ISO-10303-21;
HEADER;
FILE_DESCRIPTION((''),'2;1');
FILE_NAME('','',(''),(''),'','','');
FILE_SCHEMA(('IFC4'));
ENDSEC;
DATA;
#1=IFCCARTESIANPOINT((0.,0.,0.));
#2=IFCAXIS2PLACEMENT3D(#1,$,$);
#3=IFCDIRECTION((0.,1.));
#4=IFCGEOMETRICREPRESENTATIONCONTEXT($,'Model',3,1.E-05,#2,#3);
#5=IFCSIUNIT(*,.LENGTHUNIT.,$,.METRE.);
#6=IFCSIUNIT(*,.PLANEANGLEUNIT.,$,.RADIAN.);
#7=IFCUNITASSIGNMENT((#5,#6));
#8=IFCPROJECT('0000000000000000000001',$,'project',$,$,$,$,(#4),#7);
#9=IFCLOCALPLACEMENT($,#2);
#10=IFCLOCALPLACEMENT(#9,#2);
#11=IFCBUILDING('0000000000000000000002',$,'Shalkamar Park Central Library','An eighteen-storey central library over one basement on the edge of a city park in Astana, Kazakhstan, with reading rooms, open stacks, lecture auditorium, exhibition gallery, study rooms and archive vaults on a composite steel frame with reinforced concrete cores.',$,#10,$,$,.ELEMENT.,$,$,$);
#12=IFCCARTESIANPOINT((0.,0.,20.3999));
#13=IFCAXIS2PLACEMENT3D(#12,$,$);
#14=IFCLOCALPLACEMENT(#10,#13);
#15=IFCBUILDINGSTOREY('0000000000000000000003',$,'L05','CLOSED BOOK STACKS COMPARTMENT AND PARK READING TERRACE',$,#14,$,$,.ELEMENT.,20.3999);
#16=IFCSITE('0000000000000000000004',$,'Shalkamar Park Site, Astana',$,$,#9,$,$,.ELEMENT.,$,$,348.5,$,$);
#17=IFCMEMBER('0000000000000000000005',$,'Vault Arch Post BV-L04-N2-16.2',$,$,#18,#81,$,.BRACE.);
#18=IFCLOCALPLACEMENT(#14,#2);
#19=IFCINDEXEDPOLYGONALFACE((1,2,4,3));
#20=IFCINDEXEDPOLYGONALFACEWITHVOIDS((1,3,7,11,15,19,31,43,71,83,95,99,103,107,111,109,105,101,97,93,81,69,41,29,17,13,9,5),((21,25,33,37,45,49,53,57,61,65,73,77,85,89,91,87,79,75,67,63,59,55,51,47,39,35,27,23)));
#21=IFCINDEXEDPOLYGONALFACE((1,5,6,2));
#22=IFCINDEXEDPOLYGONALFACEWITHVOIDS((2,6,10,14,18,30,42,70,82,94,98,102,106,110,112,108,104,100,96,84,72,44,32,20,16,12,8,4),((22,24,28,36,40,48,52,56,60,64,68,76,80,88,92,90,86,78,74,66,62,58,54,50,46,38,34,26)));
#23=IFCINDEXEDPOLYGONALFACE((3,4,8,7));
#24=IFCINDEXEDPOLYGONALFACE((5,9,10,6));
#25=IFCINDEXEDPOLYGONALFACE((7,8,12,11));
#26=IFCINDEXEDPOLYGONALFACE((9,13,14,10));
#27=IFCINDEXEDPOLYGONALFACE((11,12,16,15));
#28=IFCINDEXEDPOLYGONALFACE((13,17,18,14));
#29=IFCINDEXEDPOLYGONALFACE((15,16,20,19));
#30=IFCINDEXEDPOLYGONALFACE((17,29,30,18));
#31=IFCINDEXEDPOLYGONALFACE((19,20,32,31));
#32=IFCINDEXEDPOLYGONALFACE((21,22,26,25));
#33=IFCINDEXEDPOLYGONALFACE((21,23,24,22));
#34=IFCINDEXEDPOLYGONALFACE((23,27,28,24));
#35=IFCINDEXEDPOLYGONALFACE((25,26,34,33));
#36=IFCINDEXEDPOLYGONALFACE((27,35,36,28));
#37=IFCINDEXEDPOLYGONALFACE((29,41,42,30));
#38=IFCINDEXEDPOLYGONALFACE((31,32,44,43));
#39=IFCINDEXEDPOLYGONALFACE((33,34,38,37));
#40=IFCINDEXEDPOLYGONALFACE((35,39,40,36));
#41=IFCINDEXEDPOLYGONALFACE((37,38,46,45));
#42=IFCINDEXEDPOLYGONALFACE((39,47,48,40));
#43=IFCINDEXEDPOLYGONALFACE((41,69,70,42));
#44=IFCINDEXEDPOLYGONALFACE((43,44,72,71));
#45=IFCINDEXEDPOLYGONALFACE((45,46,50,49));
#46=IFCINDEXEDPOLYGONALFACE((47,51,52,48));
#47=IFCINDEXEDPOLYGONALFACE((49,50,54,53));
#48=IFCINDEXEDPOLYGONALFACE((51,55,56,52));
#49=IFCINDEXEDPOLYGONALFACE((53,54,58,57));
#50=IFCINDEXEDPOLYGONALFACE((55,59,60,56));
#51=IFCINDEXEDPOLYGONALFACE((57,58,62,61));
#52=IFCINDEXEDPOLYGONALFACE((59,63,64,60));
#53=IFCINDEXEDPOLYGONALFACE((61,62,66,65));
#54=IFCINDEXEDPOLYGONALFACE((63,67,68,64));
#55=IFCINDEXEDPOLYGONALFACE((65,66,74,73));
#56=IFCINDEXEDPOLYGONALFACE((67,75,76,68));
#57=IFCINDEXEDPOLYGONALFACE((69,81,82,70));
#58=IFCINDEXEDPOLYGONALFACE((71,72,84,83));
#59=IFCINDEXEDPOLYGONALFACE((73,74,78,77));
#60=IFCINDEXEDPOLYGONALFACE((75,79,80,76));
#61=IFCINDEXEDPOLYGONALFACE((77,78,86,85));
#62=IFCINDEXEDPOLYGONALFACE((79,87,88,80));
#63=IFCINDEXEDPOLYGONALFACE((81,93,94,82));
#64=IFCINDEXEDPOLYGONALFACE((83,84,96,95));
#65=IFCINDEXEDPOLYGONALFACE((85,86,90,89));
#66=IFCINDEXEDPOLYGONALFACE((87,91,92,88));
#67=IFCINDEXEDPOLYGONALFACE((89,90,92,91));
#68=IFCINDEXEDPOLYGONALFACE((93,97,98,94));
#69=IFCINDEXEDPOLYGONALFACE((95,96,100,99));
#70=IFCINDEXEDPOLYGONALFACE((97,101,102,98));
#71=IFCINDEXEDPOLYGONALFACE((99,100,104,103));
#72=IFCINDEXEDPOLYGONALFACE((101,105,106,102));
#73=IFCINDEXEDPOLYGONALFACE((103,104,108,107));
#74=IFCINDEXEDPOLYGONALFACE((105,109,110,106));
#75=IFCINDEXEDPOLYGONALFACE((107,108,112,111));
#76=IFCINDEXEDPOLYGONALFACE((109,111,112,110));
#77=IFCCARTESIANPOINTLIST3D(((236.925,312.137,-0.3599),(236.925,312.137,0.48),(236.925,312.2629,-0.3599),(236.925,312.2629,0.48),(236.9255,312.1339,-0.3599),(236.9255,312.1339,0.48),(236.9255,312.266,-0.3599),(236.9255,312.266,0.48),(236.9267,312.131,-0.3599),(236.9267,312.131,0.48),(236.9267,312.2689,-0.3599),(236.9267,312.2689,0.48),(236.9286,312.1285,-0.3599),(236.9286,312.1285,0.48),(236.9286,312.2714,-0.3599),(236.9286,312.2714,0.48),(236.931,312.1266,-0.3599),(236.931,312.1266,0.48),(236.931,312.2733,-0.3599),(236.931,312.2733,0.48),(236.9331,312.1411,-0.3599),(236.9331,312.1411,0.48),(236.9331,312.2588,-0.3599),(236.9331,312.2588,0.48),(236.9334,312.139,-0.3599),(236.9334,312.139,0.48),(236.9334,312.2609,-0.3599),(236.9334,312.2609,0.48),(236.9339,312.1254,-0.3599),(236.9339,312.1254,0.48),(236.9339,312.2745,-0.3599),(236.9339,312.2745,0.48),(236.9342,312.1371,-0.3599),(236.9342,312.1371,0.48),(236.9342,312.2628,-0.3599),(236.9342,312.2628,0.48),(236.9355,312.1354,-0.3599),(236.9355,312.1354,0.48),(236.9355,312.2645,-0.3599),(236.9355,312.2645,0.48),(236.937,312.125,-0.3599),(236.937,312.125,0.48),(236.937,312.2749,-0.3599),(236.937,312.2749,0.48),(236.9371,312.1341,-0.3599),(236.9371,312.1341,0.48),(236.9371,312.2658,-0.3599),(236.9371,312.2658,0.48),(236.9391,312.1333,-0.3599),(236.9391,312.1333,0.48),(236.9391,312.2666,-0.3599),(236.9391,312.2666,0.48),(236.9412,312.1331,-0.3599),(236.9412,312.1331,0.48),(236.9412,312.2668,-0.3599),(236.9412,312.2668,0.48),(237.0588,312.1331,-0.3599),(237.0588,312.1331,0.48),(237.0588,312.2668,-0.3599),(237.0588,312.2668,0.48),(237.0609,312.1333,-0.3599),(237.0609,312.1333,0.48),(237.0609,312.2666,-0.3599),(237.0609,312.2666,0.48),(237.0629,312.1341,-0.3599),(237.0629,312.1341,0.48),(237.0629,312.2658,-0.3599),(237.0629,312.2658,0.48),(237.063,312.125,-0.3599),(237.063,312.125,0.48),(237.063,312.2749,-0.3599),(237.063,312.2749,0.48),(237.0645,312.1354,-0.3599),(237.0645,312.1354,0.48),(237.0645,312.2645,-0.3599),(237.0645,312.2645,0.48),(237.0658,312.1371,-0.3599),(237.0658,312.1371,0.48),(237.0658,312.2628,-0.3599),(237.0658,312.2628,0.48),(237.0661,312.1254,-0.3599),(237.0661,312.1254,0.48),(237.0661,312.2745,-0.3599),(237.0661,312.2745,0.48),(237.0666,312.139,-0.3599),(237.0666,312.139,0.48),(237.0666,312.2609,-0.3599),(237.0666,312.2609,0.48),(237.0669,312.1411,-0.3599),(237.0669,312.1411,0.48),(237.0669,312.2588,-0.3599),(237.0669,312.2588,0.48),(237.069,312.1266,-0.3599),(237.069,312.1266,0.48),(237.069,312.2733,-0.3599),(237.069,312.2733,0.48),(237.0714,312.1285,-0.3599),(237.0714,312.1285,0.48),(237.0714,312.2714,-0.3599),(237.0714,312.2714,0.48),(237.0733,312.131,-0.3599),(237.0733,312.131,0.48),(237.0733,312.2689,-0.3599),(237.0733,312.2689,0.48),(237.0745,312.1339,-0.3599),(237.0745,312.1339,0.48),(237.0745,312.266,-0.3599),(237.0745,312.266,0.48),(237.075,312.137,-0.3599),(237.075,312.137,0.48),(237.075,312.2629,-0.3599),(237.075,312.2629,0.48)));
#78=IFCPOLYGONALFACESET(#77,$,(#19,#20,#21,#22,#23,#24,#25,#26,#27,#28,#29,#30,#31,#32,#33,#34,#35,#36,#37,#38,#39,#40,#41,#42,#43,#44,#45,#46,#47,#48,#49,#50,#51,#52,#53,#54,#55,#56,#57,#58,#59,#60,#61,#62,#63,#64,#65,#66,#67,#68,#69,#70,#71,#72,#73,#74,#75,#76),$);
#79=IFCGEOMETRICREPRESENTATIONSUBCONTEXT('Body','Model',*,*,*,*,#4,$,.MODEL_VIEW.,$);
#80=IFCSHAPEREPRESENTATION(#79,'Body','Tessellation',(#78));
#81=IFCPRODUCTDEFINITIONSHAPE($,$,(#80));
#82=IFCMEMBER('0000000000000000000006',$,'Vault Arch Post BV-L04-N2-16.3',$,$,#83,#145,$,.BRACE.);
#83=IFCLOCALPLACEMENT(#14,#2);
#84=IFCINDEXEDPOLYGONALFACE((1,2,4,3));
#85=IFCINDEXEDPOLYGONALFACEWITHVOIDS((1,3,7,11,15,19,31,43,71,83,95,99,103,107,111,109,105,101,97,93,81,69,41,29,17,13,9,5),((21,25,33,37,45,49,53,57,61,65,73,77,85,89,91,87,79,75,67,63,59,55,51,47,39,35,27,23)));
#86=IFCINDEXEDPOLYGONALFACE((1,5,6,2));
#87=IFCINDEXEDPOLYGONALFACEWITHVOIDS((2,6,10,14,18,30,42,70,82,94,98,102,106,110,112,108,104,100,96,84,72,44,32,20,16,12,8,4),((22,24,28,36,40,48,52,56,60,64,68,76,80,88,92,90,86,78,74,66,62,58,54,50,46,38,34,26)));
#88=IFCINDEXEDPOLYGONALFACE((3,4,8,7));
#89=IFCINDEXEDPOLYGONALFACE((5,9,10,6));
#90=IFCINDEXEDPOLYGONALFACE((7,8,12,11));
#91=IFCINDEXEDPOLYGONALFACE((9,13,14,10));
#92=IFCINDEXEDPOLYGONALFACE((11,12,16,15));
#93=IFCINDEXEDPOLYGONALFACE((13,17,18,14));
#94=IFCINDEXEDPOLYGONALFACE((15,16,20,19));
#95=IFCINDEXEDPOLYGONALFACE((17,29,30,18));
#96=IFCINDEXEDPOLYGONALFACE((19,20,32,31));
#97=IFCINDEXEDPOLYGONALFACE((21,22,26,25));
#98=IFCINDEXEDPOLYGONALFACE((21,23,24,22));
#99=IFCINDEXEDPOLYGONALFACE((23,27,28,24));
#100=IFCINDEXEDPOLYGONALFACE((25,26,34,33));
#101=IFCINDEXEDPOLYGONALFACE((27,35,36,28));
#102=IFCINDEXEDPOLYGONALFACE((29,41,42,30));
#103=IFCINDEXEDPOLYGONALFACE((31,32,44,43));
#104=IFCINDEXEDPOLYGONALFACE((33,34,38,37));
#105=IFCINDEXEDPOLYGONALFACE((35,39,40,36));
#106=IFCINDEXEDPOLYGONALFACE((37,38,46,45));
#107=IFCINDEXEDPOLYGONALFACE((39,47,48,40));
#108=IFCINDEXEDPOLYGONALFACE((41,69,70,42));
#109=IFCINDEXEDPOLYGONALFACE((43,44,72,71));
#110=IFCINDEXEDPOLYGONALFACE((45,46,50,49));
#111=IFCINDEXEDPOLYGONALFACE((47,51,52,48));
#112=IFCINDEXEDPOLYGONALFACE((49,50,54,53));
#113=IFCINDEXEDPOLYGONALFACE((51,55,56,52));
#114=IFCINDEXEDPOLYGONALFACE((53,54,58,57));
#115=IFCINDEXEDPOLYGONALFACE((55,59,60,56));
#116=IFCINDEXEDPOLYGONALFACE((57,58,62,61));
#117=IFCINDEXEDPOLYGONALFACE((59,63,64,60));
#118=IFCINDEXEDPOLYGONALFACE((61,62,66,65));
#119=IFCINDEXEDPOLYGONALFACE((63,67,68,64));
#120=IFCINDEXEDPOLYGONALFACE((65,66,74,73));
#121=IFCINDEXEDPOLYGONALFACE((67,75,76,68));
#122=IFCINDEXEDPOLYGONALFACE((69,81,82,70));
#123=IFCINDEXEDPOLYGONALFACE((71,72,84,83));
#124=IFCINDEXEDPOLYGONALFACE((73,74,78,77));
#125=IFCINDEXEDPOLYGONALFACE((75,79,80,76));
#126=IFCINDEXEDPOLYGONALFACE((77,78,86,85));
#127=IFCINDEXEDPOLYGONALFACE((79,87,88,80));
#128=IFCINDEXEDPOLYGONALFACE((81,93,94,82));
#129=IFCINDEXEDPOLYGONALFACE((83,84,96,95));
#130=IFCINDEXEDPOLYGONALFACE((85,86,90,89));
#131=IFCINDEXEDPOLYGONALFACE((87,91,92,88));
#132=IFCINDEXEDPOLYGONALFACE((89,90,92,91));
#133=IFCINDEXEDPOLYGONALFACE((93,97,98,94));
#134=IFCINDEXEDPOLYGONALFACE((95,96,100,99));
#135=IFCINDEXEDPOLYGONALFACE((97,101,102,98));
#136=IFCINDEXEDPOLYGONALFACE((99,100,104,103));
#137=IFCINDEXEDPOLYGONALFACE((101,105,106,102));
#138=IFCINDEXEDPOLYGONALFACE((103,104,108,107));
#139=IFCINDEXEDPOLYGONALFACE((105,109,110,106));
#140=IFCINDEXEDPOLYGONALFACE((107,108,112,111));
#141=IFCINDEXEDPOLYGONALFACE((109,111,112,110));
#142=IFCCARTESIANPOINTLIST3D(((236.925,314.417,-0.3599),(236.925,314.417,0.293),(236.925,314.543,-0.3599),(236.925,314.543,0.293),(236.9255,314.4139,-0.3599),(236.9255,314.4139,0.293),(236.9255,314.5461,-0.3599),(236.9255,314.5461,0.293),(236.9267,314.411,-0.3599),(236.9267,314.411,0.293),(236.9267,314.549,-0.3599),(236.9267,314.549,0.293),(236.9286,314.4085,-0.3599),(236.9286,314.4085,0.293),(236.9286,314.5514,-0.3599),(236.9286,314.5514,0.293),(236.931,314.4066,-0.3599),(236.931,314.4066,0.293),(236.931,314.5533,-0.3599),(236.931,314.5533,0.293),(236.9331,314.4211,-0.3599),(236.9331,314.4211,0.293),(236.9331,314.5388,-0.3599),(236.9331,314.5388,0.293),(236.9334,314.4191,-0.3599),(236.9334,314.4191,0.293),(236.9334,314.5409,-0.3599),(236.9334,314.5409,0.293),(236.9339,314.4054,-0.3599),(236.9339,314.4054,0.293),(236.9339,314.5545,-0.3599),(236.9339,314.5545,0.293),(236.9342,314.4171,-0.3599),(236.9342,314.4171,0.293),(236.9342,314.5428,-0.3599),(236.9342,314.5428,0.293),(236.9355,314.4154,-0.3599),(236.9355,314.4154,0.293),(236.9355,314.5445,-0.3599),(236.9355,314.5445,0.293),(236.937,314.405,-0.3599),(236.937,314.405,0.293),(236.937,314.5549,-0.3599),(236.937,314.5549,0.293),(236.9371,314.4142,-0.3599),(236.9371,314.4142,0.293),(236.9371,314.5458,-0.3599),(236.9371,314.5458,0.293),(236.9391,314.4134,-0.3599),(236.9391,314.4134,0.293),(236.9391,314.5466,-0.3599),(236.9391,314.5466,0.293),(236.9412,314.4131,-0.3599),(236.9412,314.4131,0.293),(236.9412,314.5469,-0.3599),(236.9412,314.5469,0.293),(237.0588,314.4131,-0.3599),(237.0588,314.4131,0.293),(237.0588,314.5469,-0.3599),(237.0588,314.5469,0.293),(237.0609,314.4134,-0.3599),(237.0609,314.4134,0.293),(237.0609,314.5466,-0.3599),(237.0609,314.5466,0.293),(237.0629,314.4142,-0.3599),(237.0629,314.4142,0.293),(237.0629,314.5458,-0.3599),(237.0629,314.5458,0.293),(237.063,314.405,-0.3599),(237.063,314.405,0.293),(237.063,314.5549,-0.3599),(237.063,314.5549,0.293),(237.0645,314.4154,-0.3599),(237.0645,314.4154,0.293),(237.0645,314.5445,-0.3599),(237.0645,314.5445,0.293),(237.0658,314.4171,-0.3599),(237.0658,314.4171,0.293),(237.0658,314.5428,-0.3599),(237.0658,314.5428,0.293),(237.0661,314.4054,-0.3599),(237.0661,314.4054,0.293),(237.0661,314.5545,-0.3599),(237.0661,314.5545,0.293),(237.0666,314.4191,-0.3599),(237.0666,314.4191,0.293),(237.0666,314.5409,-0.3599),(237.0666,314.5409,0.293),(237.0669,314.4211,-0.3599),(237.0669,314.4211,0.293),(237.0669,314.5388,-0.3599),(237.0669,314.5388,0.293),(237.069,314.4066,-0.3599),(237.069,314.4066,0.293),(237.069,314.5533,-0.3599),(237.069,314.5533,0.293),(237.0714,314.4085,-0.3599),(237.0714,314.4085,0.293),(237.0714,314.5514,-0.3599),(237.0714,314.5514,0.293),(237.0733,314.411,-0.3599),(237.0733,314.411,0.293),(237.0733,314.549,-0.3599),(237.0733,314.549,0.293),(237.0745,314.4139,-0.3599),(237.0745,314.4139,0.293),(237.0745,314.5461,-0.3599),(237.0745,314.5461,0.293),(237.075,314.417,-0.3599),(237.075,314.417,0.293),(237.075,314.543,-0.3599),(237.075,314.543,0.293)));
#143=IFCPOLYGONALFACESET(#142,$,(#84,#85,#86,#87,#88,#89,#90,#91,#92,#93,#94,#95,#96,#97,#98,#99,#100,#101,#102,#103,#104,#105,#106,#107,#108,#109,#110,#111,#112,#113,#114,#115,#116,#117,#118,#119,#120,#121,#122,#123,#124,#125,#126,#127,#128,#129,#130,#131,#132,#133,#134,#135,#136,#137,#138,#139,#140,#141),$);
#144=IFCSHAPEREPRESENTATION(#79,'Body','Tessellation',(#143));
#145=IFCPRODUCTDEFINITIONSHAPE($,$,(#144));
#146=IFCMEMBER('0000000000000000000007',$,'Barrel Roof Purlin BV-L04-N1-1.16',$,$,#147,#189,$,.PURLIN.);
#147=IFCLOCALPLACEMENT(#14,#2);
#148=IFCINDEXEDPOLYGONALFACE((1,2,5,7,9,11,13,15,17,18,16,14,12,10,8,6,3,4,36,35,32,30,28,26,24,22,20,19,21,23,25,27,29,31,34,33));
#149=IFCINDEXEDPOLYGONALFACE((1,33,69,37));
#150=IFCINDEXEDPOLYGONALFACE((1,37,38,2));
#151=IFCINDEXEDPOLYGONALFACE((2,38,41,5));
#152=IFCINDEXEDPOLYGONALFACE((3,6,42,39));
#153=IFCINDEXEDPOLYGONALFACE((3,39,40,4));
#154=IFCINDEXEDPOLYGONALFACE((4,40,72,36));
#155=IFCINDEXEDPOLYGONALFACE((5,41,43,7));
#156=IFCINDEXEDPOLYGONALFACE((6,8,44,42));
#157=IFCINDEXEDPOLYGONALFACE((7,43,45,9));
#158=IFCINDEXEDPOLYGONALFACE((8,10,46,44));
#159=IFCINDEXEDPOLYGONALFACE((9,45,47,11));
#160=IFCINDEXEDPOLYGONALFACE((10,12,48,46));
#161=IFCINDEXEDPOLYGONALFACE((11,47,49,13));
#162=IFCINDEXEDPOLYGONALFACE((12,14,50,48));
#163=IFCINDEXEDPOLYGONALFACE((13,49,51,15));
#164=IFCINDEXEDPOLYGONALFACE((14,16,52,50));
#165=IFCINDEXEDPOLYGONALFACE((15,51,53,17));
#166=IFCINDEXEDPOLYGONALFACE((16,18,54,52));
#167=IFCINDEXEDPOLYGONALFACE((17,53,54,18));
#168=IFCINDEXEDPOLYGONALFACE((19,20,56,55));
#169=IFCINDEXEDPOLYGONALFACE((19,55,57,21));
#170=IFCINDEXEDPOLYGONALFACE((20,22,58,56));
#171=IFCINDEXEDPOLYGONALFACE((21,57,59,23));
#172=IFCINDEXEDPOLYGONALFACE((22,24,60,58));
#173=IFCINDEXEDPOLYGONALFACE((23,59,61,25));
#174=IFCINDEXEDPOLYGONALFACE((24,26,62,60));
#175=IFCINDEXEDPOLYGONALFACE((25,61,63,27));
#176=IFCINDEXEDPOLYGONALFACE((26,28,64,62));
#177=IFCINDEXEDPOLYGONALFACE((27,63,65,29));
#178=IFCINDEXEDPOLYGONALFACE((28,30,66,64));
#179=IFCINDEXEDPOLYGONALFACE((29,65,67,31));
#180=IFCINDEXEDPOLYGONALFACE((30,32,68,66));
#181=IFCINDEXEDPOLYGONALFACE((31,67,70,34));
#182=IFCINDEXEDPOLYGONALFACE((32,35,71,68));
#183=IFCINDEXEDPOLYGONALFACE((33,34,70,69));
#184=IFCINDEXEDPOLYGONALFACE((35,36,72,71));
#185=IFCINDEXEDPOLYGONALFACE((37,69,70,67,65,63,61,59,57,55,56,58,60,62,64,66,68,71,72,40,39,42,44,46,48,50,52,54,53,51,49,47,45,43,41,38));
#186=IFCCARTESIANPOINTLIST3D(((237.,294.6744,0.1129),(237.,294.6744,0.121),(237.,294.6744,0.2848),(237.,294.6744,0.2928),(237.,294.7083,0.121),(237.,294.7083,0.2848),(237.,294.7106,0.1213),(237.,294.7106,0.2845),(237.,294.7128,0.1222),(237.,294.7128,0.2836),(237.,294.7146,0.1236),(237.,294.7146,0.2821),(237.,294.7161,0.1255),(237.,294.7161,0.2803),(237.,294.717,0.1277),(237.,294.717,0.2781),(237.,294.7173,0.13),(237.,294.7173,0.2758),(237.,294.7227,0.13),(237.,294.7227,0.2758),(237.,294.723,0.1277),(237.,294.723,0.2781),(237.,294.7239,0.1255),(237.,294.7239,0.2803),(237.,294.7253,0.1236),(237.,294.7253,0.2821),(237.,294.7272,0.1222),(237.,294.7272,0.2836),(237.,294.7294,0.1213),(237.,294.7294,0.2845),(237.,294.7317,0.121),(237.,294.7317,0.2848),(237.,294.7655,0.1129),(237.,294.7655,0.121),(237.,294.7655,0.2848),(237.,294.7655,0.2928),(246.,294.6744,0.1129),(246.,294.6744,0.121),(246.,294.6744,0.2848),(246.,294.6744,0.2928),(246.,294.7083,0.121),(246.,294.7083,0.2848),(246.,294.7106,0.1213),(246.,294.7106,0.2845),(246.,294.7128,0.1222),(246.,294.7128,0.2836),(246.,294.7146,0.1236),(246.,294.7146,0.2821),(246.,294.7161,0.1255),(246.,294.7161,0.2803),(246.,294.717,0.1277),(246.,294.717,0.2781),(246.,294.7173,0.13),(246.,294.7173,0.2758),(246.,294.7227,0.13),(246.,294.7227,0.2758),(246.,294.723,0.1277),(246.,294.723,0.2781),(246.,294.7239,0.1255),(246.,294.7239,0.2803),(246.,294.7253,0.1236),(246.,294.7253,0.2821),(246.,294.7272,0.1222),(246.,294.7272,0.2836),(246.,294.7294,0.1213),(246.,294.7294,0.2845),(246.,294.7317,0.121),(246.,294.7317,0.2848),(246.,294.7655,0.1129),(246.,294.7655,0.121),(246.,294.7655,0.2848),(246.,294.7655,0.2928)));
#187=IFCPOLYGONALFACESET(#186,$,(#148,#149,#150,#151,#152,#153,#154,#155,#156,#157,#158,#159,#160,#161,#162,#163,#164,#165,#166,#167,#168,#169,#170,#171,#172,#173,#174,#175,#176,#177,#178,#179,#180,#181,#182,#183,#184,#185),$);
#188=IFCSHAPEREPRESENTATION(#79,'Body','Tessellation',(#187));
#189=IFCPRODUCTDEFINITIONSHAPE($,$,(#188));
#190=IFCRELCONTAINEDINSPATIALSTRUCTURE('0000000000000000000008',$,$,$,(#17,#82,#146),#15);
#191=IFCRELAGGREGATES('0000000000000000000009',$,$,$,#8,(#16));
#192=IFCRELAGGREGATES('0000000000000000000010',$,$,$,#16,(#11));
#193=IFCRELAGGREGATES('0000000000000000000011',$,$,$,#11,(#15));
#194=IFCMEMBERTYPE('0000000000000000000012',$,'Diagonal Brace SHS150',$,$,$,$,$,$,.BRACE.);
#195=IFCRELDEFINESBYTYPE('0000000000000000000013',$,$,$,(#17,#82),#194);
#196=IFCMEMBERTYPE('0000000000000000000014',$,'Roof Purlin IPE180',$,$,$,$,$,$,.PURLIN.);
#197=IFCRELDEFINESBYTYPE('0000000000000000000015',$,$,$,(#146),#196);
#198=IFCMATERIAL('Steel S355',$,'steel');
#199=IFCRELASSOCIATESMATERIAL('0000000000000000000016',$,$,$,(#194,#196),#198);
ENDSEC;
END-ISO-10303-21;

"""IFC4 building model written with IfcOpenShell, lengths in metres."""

from ifc_helpers import new_model, si_unit, direction, frame, origin, origin_2d, place, context, subcontext, project, spatial, hollow_rectangle, i_section, extrude, material, material_profile, profile_set, type_object, element, save


model = new_model("IFC4")

# Units and contexts
model_context = context("Model", 3, precision=1e-05, world=origin(), true_north=direction((0.0, 1.0)))
body_context = subcontext(model_context, "Body", "Model", "MODEL_VIEW")
ifc_project = project(units=[si_unit("LENGTHUNIT", "METRE"), si_unit("PLANEANGLEUNIT", "RADIAN")], contexts=[model_context])

# Site, building, storey
site_placement = place(None, origin())
site = spatial("IfcSite", under=ifc_project, at=site_placement, Name="Shalkamar Park Site, Astana", CompositionType="ELEMENT", RefElevation=348.5)
building_placement = place(site_placement, origin())
building = spatial("IfcBuilding", under=site, at=building_placement, Name="Shalkamar Park Central Library", Description="An eighteen-storey central library over one basement on the edge of a city park in Astana, Kazakhstan, with reading rooms, open stacks, lecture auditorium, exhibition gallery, study rooms and archive vaults on a composite steel frame with reinforced concrete cores.", CompositionType="ELEMENT")
storey_placement = place(building_placement, frame((0.0, 0.0, 20.3999)))
storey = spatial("IfcBuildingStorey", under=building, at=storey_placement, Name="L05", Description="CLOSED BOOK STACKS COMPARTMENT AND PARK READING TERRACE", CompositionType="ELEMENT", Elevation=20.3999)

# Members
ifc_material = material(Name="Steel S355", Category="steel")
ifc_material_profile_1 = material_profile(ifc_material, hollow_rectangle(XDim=0.1499, YDim=0.1499, WallThickness=0.0081, InnerFilletRadius=0.0081, OuterFilletRadius=0.012, at=origin_2d()), Name="SHS 150x150x8")
ifc_profile_set_1 = profile_set([ifc_material_profile_1], Name="Steel S355")
member_type_1 = type_object("IfcMemberType", Name="Diagonal Brace SHS150", PredefinedType="BRACE", material=ifc_profile_set_1)
member_1_placement = place(storey_placement, frame((237.0, 312.2, -0.3599), z_axis=(0.0, 0.0, 1.0), x_axis=(1.0, 0.0, 0.0)))
element("IfcMember", 1, at=member_1_placement, inside=storey, type_object=member_type_1, Name="Vault Arch Post BV-L04-N2-16.2", PredefinedType="BRACE", context=body_context, shape_type="SweptSolid", body=[
    extrude(hollow_rectangle(XDim=0.1499, YDim=0.1499, WallThickness=0.0081, InnerFilletRadius=0.0081, OuterFilletRadius=0.012, at=origin_2d()), origin(), (0.0, 0.0, 1.0), 0.8398),
])
member_2_placement = place(storey_placement, frame((237.0, 314.48, -0.3599), z_axis=(0.0, 0.0, 1.0), x_axis=(1.0, 0.0, 0.0)))
element("IfcMember", 2, at=member_2_placement, inside=storey, type_object=member_type_1, Name="Vault Arch Post BV-L04-N2-16.3", PredefinedType="BRACE", context=body_context, shape_type="SweptSolid", body=[
    extrude(hollow_rectangle(XDim=0.1499, YDim=0.1499, WallThickness=0.0081, InnerFilletRadius=0.0081, OuterFilletRadius=0.012, at=origin_2d()), origin(), (0.0, 0.0, 1.0), 0.6528),
])
ifc_material_profile_2 = material_profile(ifc_material, i_section(OverallWidth=0.0911, OverallDepth=0.1799, WebThickness=0.0054, FlangeThickness=0.0081, FilletRadius=0.009, at=origin_2d()), Name="IPE 180")
ifc_profile_set_2 = profile_set([ifc_material_profile_2], Name="Steel S355")
member_type_2 = type_object("IfcMemberType", Name="Roof Purlin IPE180", PredefinedType="PURLIN", material=ifc_profile_set_2)
member_3_placement = place(storey_placement, frame((237.0, 294.72, 0.2029), z_axis=(1.0, 0.0, 0.0), x_axis=(0.0, 1.0, 0.0)))
element("IfcMember", 3, at=member_3_placement, inside=storey, type_object=member_type_2, Name="Barrel Roof Purlin BV-L04-N1-1.16", PredefinedType="PURLIN", context=body_context, shape_type="SweptSolid", body=[
    extrude(i_section(OverallWidth=0.0911, OverallDepth=0.1799, WebThickness=0.0054, FlangeThickness=0.0081, FilletRadius=0.009, at=origin_2d()), origin(), (0.0, 0.0, 1.0), 9.0),
])

save(model, "model.ifc")
